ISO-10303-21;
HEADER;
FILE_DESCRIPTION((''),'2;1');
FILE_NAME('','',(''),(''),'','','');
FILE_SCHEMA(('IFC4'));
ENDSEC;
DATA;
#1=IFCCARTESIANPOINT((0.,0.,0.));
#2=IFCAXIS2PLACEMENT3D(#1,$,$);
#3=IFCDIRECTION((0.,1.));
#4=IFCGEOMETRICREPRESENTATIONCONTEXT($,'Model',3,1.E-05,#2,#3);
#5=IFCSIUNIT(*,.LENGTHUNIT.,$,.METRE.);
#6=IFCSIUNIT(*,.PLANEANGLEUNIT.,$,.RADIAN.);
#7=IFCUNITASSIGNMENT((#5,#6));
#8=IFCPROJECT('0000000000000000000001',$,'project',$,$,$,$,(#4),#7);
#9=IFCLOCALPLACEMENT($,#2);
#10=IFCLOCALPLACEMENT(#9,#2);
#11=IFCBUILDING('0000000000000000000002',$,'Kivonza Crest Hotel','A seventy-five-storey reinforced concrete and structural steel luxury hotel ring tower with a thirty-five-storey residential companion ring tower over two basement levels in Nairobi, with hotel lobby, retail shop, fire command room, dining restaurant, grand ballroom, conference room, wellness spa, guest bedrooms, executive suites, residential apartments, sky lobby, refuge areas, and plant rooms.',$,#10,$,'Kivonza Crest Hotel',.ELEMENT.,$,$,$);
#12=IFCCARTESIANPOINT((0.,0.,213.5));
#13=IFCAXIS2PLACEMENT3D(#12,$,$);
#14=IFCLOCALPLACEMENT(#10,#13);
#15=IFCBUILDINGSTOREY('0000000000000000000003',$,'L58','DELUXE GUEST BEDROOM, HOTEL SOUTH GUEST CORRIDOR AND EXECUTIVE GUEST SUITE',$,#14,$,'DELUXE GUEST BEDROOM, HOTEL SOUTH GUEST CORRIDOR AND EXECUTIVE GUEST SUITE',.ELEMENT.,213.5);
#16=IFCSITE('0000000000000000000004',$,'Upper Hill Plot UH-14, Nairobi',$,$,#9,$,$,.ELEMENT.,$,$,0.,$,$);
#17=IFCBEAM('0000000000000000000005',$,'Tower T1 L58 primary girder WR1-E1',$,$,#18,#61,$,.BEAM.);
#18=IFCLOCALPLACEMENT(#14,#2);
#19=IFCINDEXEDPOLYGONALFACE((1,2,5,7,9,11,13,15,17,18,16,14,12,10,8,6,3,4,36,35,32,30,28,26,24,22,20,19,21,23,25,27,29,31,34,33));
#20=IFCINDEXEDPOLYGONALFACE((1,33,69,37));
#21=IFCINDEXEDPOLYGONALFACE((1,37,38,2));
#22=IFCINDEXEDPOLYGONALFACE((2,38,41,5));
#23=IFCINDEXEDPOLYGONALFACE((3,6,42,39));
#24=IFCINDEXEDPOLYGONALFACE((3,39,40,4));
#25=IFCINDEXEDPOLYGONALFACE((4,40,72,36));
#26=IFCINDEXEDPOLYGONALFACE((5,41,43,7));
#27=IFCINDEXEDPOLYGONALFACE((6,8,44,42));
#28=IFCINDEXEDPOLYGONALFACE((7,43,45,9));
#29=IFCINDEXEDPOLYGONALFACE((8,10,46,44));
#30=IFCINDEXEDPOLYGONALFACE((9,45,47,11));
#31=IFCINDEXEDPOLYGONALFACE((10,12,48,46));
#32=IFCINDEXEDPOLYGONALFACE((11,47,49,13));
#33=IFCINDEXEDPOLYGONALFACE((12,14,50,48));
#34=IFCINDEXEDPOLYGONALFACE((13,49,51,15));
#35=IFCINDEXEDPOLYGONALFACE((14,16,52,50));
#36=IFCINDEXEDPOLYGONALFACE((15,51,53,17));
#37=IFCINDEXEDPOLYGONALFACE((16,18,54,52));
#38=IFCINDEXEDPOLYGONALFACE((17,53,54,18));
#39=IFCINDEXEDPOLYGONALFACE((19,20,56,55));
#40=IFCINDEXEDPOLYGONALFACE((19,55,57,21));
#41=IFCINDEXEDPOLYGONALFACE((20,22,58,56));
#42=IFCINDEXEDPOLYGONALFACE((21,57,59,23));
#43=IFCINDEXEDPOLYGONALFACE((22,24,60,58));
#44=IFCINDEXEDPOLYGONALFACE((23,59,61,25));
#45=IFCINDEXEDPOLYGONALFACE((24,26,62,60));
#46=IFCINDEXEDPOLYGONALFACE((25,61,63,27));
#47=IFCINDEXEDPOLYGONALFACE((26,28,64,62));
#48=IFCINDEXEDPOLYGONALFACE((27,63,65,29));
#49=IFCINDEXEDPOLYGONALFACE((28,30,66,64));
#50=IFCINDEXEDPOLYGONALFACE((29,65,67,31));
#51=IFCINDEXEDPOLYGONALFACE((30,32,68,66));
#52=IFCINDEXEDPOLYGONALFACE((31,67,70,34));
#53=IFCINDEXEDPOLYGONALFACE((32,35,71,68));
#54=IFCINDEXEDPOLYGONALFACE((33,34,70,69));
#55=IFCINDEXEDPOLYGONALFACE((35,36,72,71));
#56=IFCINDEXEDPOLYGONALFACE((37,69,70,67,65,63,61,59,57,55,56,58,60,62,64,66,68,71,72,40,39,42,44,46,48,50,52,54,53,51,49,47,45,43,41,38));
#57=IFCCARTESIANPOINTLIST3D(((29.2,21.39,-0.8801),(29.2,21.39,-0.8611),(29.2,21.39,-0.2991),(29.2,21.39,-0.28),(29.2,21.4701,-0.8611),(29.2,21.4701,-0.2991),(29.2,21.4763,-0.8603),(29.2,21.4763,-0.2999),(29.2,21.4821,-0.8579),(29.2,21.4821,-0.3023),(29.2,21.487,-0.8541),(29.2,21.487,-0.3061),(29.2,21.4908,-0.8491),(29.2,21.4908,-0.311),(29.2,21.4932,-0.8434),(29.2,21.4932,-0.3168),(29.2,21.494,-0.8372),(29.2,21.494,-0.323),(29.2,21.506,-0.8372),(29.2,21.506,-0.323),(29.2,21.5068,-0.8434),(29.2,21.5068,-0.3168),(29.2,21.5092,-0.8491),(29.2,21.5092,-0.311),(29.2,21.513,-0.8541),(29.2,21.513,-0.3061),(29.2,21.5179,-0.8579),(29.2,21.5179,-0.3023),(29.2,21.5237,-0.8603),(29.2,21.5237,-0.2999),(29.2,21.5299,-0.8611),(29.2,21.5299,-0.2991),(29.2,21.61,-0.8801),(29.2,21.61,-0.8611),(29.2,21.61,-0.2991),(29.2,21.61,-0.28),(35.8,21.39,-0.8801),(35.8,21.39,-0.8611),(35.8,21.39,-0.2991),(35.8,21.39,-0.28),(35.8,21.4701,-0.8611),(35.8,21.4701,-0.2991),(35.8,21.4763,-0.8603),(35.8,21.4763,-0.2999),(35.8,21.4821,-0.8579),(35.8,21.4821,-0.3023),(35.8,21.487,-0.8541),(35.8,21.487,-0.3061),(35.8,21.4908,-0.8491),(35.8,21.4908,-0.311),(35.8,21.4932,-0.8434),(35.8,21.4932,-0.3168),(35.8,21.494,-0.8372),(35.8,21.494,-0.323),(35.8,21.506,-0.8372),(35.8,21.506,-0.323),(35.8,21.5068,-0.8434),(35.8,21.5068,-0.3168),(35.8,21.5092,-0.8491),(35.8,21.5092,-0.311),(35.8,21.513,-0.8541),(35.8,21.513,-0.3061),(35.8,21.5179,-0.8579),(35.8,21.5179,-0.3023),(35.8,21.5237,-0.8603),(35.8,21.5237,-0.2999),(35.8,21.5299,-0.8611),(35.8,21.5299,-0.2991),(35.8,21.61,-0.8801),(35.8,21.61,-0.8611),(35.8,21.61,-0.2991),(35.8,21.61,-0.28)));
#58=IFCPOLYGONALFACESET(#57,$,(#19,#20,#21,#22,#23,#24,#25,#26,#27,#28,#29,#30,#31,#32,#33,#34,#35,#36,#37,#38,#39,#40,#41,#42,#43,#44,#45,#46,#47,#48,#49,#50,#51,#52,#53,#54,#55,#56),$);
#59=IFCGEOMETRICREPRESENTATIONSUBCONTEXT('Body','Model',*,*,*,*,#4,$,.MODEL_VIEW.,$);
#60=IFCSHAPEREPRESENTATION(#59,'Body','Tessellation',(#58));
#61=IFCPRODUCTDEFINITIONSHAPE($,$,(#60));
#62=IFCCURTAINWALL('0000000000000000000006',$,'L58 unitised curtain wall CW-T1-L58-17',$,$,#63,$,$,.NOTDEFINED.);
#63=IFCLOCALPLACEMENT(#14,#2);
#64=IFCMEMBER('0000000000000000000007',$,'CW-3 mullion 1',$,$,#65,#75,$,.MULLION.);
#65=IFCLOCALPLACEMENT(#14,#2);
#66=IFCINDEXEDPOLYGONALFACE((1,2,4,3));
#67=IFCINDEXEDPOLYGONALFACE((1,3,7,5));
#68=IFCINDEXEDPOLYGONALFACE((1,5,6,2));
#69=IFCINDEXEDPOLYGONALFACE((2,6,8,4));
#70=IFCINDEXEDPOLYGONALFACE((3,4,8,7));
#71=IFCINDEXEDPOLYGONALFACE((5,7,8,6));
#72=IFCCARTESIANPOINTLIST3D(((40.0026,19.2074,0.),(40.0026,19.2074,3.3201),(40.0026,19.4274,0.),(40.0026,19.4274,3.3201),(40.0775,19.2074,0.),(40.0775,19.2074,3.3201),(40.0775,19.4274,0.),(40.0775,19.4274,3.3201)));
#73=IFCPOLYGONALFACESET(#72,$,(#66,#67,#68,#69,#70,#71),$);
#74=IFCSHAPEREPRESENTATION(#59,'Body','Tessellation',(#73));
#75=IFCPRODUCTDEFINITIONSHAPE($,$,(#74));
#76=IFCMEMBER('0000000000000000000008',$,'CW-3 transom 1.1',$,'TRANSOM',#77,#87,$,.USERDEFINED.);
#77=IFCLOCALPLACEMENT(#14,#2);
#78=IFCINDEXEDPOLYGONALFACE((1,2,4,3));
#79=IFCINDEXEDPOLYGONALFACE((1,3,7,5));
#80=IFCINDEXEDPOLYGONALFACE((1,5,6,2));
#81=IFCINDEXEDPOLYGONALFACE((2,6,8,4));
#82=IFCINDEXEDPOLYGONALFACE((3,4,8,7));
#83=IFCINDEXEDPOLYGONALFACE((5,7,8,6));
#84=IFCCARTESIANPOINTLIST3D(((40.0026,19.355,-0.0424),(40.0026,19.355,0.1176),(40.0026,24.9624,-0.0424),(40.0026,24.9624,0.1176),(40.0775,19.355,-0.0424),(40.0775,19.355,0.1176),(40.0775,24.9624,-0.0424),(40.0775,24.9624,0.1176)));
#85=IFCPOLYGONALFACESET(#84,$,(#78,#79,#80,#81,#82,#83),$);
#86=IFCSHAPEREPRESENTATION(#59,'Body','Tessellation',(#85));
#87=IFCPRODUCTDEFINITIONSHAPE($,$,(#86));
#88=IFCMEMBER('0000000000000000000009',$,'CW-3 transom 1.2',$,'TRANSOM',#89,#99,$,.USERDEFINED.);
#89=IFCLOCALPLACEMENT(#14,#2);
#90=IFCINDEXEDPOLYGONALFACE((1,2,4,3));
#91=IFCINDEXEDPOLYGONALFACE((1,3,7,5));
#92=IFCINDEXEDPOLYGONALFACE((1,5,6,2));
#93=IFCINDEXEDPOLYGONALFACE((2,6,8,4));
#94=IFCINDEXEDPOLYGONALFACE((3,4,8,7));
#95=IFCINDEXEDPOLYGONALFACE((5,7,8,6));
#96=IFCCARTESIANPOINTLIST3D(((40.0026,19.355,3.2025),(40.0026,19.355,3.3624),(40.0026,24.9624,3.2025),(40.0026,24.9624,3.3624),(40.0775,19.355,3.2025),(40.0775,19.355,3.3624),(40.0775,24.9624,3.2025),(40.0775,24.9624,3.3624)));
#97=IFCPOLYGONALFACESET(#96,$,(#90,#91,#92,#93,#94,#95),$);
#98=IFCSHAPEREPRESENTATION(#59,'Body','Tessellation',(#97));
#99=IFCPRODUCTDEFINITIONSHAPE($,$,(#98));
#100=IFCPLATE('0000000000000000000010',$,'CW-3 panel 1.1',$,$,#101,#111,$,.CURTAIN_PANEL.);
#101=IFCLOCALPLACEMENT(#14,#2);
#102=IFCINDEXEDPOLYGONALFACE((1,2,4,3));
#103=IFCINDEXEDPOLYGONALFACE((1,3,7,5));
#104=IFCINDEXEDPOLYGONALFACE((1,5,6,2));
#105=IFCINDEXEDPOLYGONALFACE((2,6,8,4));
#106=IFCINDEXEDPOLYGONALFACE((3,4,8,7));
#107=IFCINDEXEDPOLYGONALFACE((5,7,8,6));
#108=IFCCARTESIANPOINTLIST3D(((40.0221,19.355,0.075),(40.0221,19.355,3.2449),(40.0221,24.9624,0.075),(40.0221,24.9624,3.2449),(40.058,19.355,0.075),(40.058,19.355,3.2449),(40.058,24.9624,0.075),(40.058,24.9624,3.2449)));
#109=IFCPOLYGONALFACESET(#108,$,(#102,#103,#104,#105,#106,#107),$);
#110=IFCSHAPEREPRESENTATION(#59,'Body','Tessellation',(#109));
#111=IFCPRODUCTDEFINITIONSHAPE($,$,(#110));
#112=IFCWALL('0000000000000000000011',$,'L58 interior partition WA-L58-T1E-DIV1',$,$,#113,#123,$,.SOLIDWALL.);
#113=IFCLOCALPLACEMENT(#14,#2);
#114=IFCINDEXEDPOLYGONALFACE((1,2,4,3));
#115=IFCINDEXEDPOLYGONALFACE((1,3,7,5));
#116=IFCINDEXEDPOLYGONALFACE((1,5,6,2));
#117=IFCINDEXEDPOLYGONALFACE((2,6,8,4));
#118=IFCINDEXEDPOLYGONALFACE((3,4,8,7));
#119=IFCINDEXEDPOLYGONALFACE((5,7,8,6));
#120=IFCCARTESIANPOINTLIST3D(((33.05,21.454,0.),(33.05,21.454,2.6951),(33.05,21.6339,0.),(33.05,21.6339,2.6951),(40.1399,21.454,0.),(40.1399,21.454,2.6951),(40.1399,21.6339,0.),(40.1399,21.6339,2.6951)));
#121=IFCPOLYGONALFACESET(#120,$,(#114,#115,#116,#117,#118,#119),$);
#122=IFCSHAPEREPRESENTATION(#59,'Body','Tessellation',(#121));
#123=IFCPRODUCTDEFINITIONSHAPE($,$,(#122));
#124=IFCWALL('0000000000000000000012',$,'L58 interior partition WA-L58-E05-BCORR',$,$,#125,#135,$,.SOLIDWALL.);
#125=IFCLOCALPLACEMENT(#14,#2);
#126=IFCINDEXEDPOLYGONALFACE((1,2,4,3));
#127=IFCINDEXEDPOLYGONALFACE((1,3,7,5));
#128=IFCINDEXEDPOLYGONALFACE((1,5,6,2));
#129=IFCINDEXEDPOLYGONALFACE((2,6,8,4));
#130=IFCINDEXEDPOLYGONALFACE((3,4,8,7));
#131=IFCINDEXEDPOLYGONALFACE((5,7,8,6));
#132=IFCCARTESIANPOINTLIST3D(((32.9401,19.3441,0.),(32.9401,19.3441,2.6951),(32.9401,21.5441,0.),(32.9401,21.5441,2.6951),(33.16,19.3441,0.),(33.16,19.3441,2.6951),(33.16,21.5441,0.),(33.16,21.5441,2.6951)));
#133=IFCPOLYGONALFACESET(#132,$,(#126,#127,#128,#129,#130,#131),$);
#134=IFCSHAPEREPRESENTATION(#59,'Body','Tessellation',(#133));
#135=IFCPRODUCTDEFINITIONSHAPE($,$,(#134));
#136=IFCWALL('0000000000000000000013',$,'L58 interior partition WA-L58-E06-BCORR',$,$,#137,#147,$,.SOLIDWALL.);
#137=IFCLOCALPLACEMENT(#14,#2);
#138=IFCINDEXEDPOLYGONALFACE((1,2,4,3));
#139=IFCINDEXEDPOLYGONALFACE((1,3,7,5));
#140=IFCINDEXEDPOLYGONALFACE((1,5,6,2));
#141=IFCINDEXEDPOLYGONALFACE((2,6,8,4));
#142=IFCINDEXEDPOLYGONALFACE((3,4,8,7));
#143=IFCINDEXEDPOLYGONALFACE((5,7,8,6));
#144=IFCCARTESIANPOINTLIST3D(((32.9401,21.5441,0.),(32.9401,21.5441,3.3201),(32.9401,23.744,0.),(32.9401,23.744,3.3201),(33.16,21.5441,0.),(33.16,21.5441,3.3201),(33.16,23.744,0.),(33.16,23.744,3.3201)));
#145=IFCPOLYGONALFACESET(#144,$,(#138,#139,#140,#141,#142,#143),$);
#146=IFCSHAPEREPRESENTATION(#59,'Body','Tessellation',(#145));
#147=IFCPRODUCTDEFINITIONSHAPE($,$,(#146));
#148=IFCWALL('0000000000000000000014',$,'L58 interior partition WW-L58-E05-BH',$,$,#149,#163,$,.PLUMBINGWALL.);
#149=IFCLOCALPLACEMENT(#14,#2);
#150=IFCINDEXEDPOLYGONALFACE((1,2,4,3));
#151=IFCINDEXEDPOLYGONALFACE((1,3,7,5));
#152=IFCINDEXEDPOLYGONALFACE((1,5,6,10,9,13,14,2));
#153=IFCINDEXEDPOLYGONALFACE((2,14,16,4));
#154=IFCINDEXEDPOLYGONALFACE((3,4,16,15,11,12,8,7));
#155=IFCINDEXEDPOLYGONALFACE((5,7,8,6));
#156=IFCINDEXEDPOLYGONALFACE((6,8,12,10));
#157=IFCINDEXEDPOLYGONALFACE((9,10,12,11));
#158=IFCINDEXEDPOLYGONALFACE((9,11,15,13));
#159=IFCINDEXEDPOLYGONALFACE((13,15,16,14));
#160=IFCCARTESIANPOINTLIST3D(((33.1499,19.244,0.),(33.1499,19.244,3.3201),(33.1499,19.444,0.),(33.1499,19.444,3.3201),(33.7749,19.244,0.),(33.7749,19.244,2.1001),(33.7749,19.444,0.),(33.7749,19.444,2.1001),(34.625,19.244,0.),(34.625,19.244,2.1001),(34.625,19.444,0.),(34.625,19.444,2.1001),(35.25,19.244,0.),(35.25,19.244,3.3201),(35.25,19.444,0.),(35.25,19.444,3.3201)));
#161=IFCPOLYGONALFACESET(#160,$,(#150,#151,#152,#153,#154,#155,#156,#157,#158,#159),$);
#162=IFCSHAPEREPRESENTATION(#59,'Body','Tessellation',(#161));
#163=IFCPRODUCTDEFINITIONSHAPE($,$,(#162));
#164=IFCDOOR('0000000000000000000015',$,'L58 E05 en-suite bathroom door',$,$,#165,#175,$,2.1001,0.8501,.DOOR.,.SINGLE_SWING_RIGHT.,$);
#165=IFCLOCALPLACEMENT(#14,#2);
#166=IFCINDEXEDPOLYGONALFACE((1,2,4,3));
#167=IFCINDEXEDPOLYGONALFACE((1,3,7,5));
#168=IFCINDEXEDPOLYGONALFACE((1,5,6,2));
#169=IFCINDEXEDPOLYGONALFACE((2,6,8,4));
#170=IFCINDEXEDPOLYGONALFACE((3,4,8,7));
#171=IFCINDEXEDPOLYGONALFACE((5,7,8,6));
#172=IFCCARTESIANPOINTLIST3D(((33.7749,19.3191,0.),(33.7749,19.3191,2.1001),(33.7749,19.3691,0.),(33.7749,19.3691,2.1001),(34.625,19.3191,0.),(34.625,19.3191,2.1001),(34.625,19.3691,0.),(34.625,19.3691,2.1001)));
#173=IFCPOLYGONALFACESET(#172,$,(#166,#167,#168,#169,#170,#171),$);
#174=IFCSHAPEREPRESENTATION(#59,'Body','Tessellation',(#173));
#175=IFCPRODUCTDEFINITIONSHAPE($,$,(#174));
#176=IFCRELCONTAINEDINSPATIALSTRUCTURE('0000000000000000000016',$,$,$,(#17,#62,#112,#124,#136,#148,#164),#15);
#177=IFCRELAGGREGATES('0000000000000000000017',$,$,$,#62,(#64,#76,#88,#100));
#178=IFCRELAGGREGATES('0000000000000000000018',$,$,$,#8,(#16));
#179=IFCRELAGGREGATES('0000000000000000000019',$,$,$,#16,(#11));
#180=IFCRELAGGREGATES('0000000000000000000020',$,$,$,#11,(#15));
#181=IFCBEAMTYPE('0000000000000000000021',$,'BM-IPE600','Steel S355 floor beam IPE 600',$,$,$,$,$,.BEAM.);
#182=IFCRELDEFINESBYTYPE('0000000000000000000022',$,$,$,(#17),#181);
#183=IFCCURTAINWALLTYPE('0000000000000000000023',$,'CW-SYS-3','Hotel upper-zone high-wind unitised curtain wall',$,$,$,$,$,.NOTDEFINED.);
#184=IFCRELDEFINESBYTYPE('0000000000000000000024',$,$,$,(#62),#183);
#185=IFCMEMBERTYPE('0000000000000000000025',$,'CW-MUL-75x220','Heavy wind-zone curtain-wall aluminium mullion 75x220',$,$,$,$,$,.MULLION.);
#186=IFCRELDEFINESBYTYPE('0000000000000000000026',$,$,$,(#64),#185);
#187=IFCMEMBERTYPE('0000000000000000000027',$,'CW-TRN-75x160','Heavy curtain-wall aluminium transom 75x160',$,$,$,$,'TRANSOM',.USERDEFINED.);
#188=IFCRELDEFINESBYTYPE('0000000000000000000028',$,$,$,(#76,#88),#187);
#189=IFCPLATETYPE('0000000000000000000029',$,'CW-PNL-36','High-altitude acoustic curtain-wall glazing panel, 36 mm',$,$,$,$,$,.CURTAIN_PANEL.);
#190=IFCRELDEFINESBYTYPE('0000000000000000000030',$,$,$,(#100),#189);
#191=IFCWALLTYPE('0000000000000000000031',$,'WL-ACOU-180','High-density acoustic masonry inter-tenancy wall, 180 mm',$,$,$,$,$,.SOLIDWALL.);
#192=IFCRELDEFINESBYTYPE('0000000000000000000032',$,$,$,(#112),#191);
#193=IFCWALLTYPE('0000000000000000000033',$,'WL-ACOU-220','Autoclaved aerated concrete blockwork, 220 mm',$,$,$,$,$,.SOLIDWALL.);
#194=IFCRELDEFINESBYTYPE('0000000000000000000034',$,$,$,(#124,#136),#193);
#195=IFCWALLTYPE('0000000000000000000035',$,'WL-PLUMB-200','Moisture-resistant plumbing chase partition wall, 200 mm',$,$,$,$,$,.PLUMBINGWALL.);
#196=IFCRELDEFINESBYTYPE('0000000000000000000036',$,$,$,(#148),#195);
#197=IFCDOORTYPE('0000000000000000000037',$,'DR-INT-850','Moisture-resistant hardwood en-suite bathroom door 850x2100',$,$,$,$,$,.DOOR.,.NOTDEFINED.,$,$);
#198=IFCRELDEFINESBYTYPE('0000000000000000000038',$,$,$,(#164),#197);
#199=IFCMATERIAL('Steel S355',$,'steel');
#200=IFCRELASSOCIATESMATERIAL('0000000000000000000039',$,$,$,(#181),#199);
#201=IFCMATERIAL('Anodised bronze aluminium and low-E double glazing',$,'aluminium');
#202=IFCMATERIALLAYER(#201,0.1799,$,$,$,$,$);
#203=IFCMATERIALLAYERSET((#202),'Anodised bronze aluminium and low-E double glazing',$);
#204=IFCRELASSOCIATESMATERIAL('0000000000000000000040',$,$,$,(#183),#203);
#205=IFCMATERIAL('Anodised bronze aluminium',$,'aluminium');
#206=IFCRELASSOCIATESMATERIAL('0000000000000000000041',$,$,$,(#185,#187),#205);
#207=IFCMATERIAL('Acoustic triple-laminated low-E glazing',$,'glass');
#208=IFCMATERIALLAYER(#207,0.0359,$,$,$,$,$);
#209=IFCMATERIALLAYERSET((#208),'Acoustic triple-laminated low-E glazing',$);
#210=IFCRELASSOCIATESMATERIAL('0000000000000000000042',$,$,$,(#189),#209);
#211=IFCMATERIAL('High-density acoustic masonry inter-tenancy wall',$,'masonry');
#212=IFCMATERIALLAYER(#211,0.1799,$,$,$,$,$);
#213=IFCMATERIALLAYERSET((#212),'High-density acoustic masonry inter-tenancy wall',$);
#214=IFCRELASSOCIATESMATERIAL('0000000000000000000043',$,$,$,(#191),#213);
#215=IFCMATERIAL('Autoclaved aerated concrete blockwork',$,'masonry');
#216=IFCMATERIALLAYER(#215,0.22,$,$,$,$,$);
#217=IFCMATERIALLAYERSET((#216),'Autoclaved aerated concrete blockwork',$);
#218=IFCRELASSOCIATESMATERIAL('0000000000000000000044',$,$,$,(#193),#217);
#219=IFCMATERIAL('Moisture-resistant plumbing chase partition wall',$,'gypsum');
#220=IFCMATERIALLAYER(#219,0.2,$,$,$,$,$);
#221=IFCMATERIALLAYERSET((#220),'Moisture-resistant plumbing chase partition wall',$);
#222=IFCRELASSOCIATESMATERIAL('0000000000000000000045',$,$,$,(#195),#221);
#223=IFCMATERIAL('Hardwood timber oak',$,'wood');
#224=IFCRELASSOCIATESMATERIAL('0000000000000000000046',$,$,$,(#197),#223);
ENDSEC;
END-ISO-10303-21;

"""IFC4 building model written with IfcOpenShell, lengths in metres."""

from ifc_helpers import new_model, si_unit, direction, frame, frame_2d, origin, origin_2d, place, context, subcontext, project, spatial, rectangle, i_section, extrude, material, layer, layer_set, material_profile, profile_set, type_object, element, fill, aggregate, save


model = new_model("IFC4")

# Units and contexts
model_context = context("Model", 3, precision=1e-05, world=origin(), true_north=direction((0.0, 1.0)))
body_context = subcontext(model_context, "Body", "Model", "MODEL_VIEW")
ifc_project = project(units=[si_unit("LENGTHUNIT", "METRE"), si_unit("PLANEANGLEUNIT", "RADIAN")], contexts=[model_context])

# Site, building, storey
site_placement = place(None, origin())
site = spatial("IfcSite", under=ifc_project, at=site_placement, Name="Upper Hill Plot UH-14, Nairobi", CompositionType="ELEMENT", RefElevation=0.0)
building_placement = place(site_placement, origin())
building = spatial("IfcBuilding", under=site, at=building_placement, Name="Kivonza Crest Hotel", Description="A seventy-five-storey reinforced concrete and structural steel luxury hotel ring tower with a thirty-five-storey residential companion ring tower over two basement levels in Nairobi, with hotel lobby, retail shop, fire command room, dining restaurant, grand ballroom, conference room, wellness spa, guest bedrooms, executive suites, residential apartments, sky lobby, refuge areas, and plant rooms.", LongName="Kivonza Crest Hotel", CompositionType="ELEMENT")
storey_placement = place(building_placement, frame((0.0, 0.0, 213.5)))
storey = spatial("IfcBuildingStorey", under=building, at=storey_placement, Name="L58", Description="DELUXE GUEST BEDROOM, HOTEL SOUTH GUEST CORRIDOR AND EXECUTIVE GUEST SUITE", LongName="DELUXE GUEST BEDROOM, HOTEL SOUTH GUEST CORRIDOR AND EXECUTIVE GUEST SUITE", CompositionType="ELEMENT", Elevation=213.5)

# Beam
ifc_material_1 = material(Name="Steel S355", Category="steel")
ifc_material_profile_1 = material_profile(ifc_material_1, i_section(OverallWidth=0.22, OverallDepth=0.6001, WebThickness=0.012, FlangeThickness=0.019, FilletRadius=0.0239, at=origin_2d()), Name="IPE 600")
ifc_profile_set_1 = profile_set([ifc_material_profile_1], Name="Steel S355")
beam_type_1 = type_object("IfcBeamType", Name="BM-IPE600", Description="Steel S355 floor beam IPE 600", PredefinedType="BEAM", material=ifc_profile_set_1)
beam_1_placement = place(storey_placement, frame((29.2, 21.5, -0.5801), z_axis=(1.0, 0.0, 0.0), x_axis=(0.0, 1.0, 0.0)))
element("IfcBeam", 1, at=beam_1_placement, inside=storey, type_object=beam_type_1, Name="Tower T1 L58 primary girder WR1-E1", PredefinedType="BEAM", context=body_context, shape_type="SweptSolid", body=[
    extrude(i_section(OverallWidth=0.22, OverallDepth=0.6001, WebThickness=0.012, FlangeThickness=0.019, FilletRadius=0.0239, at=origin_2d()), origin(), (0.0, 0.0, 1.0), 6.6001),
])

# Curtain wall, members, plate
ifc_material_2 = material(Name="Anodised bronze aluminium and low-E double glazing", Category="aluminium")
ifc_layer_1 = layer(ifc_material_2, 0.1799)
ifc_layer_set_1 = layer_set([ifc_layer_1], Name="Anodised bronze aluminium and low-E double glazing")
curtain_wall_type = type_object("IfcCurtainWallType", Name="CW-SYS-3", Description="Hotel upper-zone high-wind unitised curtain wall", PredefinedType="NOTDEFINED", material=ifc_layer_set_1)
curtain_wall_placement = place(storey_placement, origin())
curtain_wall = element("IfcCurtainWall", 2, at=curtain_wall_placement, inside=storey, type_object=curtain_wall_type, Name="L58 unitised curtain wall CW-T1-L58-17", PredefinedType="NOTDEFINED")
ifc_material_3 = material(Name="Anodised bronze aluminium", Category="aluminium")
ifc_material_profile_2 = material_profile(ifc_material_3, rectangle(XDim=0.075, YDim=0.22, at=origin_2d()), Name="CW-M 75x220")
ifc_profile_set_2 = profile_set([ifc_material_profile_2], Name="Anodised bronze aluminium")
member_type_1 = type_object("IfcMemberType", Name="CW-MUL-75x220", Description="Heavy wind-zone curtain-wall aluminium mullion 75x220", PredefinedType="MULLION", material=ifc_profile_set_2)
member_1_placement = place(storey_placement, frame((40.04, 19.3174, 0.0), z_axis=(0.0, 0.0, 1.0), x_axis=(-1.0, 0.0, 0.0)))
member_1 = element("IfcMember", 3, at=member_1_placement, type_object=member_type_1, Name="CW-3 mullion 1", PredefinedType="MULLION", context=body_context, shape_type="SweptSolid", body=[
    extrude(rectangle(XDim=0.075, YDim=0.22, at=origin_2d()), origin(), (0.0, 0.0, 1.0), 3.3201),
])
ifc_material_profile_3 = material_profile(ifc_material_3, rectangle(XDim=0.075, YDim=0.1599, at=origin_2d()), Name="CW-T 75x160")
ifc_profile_set_3 = profile_set([ifc_material_profile_3], Name="Anodised bronze aluminium")
member_type_2 = type_object("IfcMemberType", Name="CW-TRN-75x160", Description="Heavy curtain-wall aluminium transom 75x160", ElementType="TRANSOM", PredefinedType="USERDEFINED", material=ifc_profile_set_3)
member_2_placement = place(storey_placement, frame((40.04, 19.355, 0.0376), z_axis=(0.0, 1.0, 0.0), x_axis=(-1.0, 0.0, 0.0)))
member_2 = element("IfcMember", 4, at=member_2_placement, type_object=member_type_2, Name="CW-3 transom 1.1", ObjectType="TRANSOM", PredefinedType="USERDEFINED", context=body_context, shape_type="SweptSolid", body=[
    extrude(rectangle(XDim=0.075, YDim=0.1599, at=origin_2d()), origin(), (0.0, 0.0, 1.0), 5.6074),
])
member_3_placement = place(storey_placement, frame((40.04, 19.355, 3.2825), z_axis=(0.0, 1.0, 0.0), x_axis=(-1.0, 0.0, 0.0)))
member_3 = element("IfcMember", 5, at=member_3_placement, type_object=member_type_2, Name="CW-3 transom 1.2", ObjectType="TRANSOM", PredefinedType="USERDEFINED", context=body_context, shape_type="SweptSolid", body=[
    extrude(rectangle(XDim=0.075, YDim=0.1599, at=origin_2d()), origin(), (0.0, 0.0, 1.0), 5.6074),
])
ifc_material_4 = material(Name="Acoustic triple-laminated low-E glazing", Category="glass")
ifc_layer_2 = layer(ifc_material_4, 0.0359)
ifc_layer_set_2 = layer_set([ifc_layer_2], Name="Acoustic triple-laminated low-E glazing")
plate_type = type_object("IfcPlateType", Name="CW-PNL-36", Description="High-altitude acoustic curtain-wall glazing panel, 36 mm", PredefinedType="CURTAIN_PANEL", material=ifc_layer_set_2)
plate_placement = place(storey_placement, frame((40.04, 22.1587, 0.075), z_axis=(0.0, 0.0, 1.0), x_axis=(0.0, 1.0, 0.0)))
plate = element("IfcPlate", 6, at=plate_placement, type_object=plate_type, Name="CW-3 panel 1.1", PredefinedType="CURTAIN_PANEL", context=body_context, shape_type="SweptSolid", body=[
    extrude(rectangle(XDim=5.6074, YDim=0.0359, at=origin_2d()), origin(), (0.0, 0.0, 1.0), 3.1699),
])
aggregate(curtain_wall, [member_1, member_2, member_3, plate])

# Walls
ifc_material_5 = material(Name="High-density acoustic masonry inter-tenancy wall", Category="masonry")
ifc_layer_3 = layer(ifc_material_5, 0.1799)
ifc_layer_set_3 = layer_set([ifc_layer_3], Name="High-density acoustic masonry inter-tenancy wall")
wall_type_1 = type_object("IfcWallType", Name="WL-ACOU-180", Description="High-density acoustic masonry inter-tenancy wall, 180 mm", PredefinedType="SOLIDWALL", material=ifc_layer_set_3)
wall_1_placement = place(storey_placement, frame((33.05, 21.5439, 0.0), z_axis=(0.0, 0.0, 1.0), x_axis=(1.0, 0.0, 0.0)))
element("IfcWall", 7, at=wall_1_placement, inside=storey, type_object=wall_type_1, Name="L58 interior partition WA-L58-T1E-DIV1", PredefinedType="SOLIDWALL", context=body_context, shape_type="SweptSolid", body=[
    extrude(rectangle(XDim=7.0898, YDim=0.1799, at=frame_2d((3.5449, 0.0))), origin(), (0.0, 0.0, 1.0), 2.6951),
])
ifc_material_6 = material(Name="Autoclaved aerated concrete blockwork", Category="masonry")
ifc_layer_4 = layer(ifc_material_6, 0.22)
ifc_layer_set_4 = layer_set([ifc_layer_4], Name="Autoclaved aerated concrete blockwork")
wall_type_2 = type_object("IfcWallType", Name="WL-ACOU-220", Description="Autoclaved aerated concrete blockwork, 220 mm", PredefinedType="SOLIDWALL", material=ifc_layer_set_4)
wall_2_placement = place(storey_placement, frame((33.05, 19.344, 0.0), z_axis=(0.0, 0.0, 1.0), x_axis=(0.0, 1.0, 0.0)))
element("IfcWall", 8, at=wall_2_placement, inside=storey, type_object=wall_type_2, Name="L58 interior partition WA-L58-E05-BCORR", PredefinedType="SOLIDWALL", context=body_context, shape_type="SweptSolid", body=[
    extrude(rectangle(XDim=2.2, YDim=0.22, at=frame_2d((1.1001, 0.0))), origin(), (0.0, 0.0, 1.0), 2.6951),
])
wall_3_placement = place(storey_placement, frame((33.05, 21.5439, 0.0), z_axis=(0.0, 0.0, 1.0), x_axis=(0.0, 1.0, 0.0)))
element("IfcWall", 9, at=wall_3_placement, inside=storey, type_object=wall_type_2, Name="L58 interior partition WA-L58-E06-BCORR", PredefinedType="SOLIDWALL", context=body_context, shape_type="SweptSolid", body=[
    extrude(rectangle(XDim=2.2, YDim=0.22, at=frame_2d((1.1001, 0.0))), origin(), (0.0, 0.0, 1.0), 3.3201),
])

# Wall, opening, door
ifc_material_7 = material(Name="Moisture-resistant plumbing chase partition wall", Category="gypsum")
ifc_layer_5 = layer(ifc_material_7, 0.2)
ifc_layer_set_5 = layer_set([ifc_layer_5], Name="Moisture-resistant plumbing chase partition wall")
wall_type_3 = type_object("IfcWallType", Name="WL-PLUMB-200", Description="Moisture-resistant plumbing chase partition wall, 200 mm", PredefinedType="PLUMBINGWALL", material=ifc_layer_set_5)
wall_4_placement = place(storey_placement, frame((33.1499, 19.344, 0.0), z_axis=(0.0, 0.0, 1.0), x_axis=(1.0, 0.0, 0.0)))
wall_4 = element("IfcWall", 10, at=wall_4_placement, inside=storey, type_object=wall_type_3, Name="L58 interior partition WW-L58-E05-BH", PredefinedType="PLUMBINGWALL", context=body_context, shape_type="SweptSolid", body=[
    extrude(rectangle(XDim=2.1001, YDim=0.2, at=frame_2d((1.05, 0.0))), origin(), (0.0, 0.0, 1.0), 3.3201),
])
opening_placement = place(wall_4_placement, frame((0.625, 0.0, 0.0)))
opening = element("IfcOpeningElement", 11, at=opening_placement, cuts=wall_4, PredefinedType="OPENING", context=body_context, shape_type="SweptSolid", body=[
    extrude(rectangle(XDim=0.8501, YDim=2.1001, at=frame_2d((0.425, 1.05))), frame((0.0, 0.1099, 0.0), z_axis=(0.0, -1.0, 0.0), x_axis=(1.0, 0.0, 0.0)), (0.0, 0.0, 1.0), 0.22),
])
ifc_material_8 = material(Name="Hardwood timber oak", Category="wood")
door_type = type_object("IfcDoorType", Name="DR-INT-850", Description="Moisture-resistant hardwood en-suite bathroom door 850x2100", OperationType="NOTDEFINED", PredefinedType="DOOR", material=ifc_material_8)
door_placement = place(opening_placement, frame((0.8501, 0.0, 0.0), z_axis=(0.0, 0.0, 1.0), x_axis=(-1.0, 0.0, 0.0)))
door = element("IfcDoor", 12, at=door_placement, inside=storey, type_object=door_type, Name="L58 E05 en-suite bathroom door", OperationType="SINGLE_SWING_RIGHT", OverallHeight=2.1001, OverallWidth=0.8501, PredefinedType="DOOR", context=body_context, shape_type="SweptSolid", body=[
    extrude(rectangle(XDim=0.8501, YDim=2.1001, at=frame_2d((0.425, 1.05))), frame((0.0, 0.0249, 0.0), z_axis=(0.0, -1.0, 0.0), x_axis=(1.0, 0.0, 0.0)), (0.0, 0.0, 1.0), 0.05),
])
fill(opening, door)

save(model, "model.ifc")
